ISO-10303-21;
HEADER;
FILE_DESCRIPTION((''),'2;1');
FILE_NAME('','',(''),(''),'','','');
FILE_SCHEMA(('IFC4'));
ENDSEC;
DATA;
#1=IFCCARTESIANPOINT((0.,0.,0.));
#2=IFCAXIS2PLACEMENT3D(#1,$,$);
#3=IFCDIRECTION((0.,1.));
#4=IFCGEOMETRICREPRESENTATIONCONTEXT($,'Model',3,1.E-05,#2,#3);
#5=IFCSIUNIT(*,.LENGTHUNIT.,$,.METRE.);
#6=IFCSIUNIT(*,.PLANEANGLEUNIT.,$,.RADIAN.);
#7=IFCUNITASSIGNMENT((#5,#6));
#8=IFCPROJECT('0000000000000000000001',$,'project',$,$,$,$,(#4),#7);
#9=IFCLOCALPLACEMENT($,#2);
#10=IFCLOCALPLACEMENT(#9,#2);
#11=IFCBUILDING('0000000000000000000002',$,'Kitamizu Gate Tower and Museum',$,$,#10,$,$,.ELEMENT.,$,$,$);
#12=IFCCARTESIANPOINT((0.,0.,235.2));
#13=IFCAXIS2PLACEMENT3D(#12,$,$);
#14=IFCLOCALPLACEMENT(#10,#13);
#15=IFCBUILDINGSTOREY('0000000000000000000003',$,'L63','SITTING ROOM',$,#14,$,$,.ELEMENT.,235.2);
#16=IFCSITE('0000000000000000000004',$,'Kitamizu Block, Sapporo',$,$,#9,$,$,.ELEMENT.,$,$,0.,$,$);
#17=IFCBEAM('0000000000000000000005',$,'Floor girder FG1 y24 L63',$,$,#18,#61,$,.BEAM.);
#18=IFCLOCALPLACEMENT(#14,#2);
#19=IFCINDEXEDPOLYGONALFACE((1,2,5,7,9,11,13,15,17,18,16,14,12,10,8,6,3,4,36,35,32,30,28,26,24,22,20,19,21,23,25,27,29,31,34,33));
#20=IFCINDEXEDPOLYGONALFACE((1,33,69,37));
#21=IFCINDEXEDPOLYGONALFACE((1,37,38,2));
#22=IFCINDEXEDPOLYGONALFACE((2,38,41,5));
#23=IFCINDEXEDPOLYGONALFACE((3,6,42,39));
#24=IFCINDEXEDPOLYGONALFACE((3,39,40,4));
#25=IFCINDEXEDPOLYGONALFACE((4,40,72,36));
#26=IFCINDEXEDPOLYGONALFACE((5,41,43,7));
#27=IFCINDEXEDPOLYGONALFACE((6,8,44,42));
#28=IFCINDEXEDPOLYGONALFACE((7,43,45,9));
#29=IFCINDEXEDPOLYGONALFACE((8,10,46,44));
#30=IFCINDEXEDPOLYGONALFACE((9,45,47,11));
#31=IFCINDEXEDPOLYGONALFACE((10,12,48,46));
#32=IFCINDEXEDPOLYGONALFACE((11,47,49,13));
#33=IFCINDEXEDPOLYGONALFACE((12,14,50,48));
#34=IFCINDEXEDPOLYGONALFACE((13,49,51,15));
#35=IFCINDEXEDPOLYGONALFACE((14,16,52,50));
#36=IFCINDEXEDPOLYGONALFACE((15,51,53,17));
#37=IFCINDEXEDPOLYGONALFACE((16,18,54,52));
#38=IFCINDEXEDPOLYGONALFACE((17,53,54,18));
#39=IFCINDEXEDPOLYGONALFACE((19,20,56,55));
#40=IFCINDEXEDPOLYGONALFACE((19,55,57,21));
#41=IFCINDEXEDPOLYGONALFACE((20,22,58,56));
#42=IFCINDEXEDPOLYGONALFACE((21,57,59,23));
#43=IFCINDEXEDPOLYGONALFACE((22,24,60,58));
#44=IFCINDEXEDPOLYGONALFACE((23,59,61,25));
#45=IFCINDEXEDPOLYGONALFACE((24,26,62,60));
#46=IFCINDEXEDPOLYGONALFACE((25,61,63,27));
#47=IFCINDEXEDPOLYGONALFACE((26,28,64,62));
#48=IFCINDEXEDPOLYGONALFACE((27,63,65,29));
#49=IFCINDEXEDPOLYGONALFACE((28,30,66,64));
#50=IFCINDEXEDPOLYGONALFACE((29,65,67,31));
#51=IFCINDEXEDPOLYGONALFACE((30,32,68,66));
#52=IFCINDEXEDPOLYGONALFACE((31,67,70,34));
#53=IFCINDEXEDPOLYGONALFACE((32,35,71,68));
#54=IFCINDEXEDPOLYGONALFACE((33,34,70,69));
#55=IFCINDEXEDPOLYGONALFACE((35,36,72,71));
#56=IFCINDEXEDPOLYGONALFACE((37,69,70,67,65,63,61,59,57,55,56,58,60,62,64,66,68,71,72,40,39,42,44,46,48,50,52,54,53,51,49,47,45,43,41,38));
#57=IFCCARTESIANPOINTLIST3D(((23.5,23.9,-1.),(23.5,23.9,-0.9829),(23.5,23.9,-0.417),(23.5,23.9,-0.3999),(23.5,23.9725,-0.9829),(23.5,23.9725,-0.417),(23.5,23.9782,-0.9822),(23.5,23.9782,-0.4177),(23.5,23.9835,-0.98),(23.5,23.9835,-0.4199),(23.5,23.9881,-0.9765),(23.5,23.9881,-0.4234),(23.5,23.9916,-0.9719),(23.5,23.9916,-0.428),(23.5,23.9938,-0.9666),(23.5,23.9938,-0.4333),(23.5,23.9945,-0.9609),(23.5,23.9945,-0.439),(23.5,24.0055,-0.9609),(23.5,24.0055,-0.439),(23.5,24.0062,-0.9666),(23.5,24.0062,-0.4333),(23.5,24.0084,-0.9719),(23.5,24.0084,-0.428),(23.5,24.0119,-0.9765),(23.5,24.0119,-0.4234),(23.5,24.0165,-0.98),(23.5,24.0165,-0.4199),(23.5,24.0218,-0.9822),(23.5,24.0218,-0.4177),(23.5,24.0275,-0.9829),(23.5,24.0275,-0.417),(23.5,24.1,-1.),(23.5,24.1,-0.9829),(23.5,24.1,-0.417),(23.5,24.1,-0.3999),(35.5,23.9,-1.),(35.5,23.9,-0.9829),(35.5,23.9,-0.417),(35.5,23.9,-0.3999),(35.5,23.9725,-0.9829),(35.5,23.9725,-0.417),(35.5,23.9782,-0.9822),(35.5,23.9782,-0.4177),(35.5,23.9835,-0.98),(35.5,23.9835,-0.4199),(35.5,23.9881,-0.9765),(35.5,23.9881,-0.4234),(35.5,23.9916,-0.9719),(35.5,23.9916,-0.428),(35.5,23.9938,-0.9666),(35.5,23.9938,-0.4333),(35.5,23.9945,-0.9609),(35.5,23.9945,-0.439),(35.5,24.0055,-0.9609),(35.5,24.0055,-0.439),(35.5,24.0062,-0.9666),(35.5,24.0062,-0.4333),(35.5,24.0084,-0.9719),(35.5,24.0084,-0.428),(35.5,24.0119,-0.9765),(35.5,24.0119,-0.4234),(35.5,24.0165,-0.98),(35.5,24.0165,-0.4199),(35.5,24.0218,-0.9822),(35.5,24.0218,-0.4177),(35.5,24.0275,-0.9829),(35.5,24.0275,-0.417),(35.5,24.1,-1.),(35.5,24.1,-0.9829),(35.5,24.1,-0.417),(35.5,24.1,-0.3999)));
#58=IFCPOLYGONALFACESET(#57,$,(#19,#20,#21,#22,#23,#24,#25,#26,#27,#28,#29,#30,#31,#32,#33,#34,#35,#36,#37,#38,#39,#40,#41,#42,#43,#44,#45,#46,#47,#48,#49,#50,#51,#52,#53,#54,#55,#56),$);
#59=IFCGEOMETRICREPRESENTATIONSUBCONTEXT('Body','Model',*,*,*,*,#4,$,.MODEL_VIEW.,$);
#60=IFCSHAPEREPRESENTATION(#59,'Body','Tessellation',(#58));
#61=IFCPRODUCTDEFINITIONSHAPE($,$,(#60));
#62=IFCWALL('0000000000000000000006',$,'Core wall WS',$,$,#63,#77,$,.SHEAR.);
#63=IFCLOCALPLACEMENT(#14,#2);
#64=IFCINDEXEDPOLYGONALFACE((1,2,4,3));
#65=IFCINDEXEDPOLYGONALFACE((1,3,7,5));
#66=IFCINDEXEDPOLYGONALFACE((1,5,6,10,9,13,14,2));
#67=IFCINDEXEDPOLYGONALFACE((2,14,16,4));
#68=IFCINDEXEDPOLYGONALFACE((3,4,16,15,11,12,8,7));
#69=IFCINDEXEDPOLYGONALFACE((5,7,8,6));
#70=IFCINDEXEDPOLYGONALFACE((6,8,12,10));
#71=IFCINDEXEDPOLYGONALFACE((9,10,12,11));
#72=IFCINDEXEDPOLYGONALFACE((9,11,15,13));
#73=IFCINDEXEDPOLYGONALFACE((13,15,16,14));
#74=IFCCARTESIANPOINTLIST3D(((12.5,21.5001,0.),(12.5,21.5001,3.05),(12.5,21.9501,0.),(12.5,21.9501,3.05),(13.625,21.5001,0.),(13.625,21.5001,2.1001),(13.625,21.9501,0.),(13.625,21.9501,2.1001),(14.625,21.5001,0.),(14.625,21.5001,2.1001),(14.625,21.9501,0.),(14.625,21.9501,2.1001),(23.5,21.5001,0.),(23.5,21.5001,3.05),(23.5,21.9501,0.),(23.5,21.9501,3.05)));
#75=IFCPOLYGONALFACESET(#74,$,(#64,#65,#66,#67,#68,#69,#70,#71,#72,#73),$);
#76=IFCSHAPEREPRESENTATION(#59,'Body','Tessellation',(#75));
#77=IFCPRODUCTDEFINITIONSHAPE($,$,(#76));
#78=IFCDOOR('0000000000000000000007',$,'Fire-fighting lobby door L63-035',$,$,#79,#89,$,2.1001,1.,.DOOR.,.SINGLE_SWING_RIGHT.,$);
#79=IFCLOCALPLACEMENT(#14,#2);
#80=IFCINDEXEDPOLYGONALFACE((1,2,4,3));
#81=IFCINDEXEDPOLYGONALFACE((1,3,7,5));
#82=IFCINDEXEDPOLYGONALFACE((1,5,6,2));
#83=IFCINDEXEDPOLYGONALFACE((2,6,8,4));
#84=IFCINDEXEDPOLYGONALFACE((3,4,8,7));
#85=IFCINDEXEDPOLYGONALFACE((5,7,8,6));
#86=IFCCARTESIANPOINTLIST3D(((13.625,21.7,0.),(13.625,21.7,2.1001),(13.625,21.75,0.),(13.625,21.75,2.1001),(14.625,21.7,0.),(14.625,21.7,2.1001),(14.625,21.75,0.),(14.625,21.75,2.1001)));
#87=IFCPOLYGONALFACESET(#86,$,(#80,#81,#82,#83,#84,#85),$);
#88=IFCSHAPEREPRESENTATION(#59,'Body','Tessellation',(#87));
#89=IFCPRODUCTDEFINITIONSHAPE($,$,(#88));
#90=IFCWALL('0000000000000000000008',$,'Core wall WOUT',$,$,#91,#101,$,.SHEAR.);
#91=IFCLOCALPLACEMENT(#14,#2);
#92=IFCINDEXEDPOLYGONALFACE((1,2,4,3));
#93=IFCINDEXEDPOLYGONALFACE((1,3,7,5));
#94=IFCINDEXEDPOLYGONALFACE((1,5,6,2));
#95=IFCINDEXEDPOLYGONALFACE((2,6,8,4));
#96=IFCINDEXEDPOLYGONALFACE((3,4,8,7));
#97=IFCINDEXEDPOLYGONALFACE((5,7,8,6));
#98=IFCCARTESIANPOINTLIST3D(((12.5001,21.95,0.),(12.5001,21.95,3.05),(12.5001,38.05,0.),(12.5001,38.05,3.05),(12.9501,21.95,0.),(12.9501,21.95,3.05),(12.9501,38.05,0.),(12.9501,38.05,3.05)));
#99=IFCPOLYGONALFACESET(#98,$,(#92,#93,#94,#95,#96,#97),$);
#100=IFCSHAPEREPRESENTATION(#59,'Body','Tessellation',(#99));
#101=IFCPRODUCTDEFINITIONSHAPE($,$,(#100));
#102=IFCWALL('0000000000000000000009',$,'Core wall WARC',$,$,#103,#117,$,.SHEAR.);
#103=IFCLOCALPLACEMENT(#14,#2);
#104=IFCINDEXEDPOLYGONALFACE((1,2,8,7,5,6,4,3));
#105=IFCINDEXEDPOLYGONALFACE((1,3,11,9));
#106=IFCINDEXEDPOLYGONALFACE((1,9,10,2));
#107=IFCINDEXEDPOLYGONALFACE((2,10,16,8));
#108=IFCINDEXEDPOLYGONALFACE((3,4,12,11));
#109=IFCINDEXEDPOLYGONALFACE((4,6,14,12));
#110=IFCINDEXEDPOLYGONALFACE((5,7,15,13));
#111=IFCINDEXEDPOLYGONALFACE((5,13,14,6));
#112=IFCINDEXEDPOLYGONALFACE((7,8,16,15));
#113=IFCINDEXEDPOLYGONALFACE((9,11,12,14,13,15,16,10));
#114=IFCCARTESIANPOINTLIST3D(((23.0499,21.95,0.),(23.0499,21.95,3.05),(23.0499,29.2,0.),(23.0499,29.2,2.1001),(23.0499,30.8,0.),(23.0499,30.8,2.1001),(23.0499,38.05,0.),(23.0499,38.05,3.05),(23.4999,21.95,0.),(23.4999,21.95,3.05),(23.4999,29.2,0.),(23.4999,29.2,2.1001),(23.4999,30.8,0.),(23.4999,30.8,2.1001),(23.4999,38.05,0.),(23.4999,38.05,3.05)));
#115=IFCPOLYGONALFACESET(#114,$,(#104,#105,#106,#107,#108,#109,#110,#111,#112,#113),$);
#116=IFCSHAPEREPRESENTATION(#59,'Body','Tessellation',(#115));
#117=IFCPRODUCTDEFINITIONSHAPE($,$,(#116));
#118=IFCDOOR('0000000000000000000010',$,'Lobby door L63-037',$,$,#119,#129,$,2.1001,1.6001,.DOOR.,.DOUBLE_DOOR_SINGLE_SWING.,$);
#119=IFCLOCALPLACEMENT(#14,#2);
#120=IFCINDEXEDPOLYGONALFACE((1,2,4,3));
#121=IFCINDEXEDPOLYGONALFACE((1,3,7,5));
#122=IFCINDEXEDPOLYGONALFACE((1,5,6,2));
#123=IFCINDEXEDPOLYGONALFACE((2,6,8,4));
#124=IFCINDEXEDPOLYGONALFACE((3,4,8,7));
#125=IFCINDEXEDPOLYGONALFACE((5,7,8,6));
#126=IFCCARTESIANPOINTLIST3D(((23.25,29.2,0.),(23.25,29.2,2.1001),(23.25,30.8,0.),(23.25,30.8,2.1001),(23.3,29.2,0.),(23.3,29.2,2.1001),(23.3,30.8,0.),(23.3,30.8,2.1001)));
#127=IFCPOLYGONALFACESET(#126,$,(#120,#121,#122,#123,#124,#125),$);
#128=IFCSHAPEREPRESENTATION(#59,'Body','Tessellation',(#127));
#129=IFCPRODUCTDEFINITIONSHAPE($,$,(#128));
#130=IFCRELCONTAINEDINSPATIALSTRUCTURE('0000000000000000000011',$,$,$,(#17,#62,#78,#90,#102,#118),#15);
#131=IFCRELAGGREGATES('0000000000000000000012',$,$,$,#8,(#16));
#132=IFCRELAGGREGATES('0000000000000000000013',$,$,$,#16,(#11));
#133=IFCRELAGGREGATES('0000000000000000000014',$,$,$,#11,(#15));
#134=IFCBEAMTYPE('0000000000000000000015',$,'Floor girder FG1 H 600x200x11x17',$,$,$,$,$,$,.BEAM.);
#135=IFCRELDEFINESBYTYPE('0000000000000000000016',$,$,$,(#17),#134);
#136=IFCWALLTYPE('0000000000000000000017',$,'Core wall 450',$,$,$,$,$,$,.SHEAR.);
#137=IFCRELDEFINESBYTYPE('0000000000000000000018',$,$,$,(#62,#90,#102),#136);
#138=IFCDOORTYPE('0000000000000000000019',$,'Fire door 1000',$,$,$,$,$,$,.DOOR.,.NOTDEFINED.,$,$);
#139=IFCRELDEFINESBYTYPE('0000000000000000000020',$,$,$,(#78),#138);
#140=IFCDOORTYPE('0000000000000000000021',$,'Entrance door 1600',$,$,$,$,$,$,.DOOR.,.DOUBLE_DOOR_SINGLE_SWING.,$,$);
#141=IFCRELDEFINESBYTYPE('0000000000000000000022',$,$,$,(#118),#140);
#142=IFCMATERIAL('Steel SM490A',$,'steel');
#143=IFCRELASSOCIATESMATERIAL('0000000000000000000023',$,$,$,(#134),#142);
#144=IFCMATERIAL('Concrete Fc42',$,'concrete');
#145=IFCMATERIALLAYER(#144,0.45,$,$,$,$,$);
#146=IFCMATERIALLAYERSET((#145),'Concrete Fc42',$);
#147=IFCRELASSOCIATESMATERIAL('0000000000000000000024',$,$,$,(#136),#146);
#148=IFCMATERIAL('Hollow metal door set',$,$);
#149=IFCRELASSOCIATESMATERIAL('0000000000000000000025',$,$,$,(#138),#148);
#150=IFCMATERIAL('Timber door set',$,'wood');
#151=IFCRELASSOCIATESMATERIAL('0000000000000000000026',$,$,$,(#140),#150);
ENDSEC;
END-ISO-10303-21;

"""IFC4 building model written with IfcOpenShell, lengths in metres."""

from ifc_helpers import new_model, si_unit, direction, frame, frame_2d, origin, origin_2d, place, context, subcontext, project, spatial, rectangle, i_section, extrude, material, layer, layer_set, material_profile, profile_set, type_object, element, fill, save


model = new_model("IFC4")

# Units and contexts
model_context = context("Model", 3, precision=1e-05, world=origin(), true_north=direction((0.0, 1.0)))
body_context = subcontext(model_context, "Body", "Model", "MODEL_VIEW")
ifc_project = project(units=[si_unit("LENGTHUNIT", "METRE"), si_unit("PLANEANGLEUNIT", "RADIAN")], contexts=[model_context])

# Site, building, storey
site_placement = place(None, origin())
site = spatial("IfcSite", under=ifc_project, at=site_placement, Name="Kitamizu Block, Sapporo", CompositionType="ELEMENT", RefElevation=0.0)
building_placement = place(site_placement, origin())
building = spatial("IfcBuilding", under=site, at=building_placement, Name="Kitamizu Gate Tower and Museum", CompositionType="ELEMENT")
storey_placement = place(building_placement, frame((0.0, 0.0, 235.2)))
storey = spatial("IfcBuildingStorey", under=building, at=storey_placement, Name="L63", Description="SITTING ROOM", CompositionType="ELEMENT", Elevation=235.2)

# Beam
ifc_material_1 = material(Name="Steel SM490A", Category="steel")
ifc_material_profile = material_profile(ifc_material_1, i_section(OverallWidth=0.2, OverallDepth=0.6001, WebThickness=0.011, FlangeThickness=0.0171, FilletRadius=0.022, at=origin_2d()), Name="H-600x200x11x17")
ifc_profile_set = profile_set([ifc_material_profile], Name="Steel SM490A")
beam_type = type_object("IfcBeamType", Name="Floor girder FG1 H 600x200x11x17", PredefinedType="BEAM", material=ifc_profile_set)
beam_placement = place(storey_placement, frame((23.5, 24.0, -0.7), z_axis=(1.0, 0.0, 0.0), x_axis=(0.0, 1.0, 0.0)))
element("IfcBeam", 1, at=beam_placement, inside=storey, type_object=beam_type, Name="Floor girder FG1 y24 L63", PredefinedType="BEAM", context=body_context, shape_type="SweptSolid", body=[
    extrude(i_section(OverallWidth=0.2, OverallDepth=0.6001, WebThickness=0.011, FlangeThickness=0.0171, FilletRadius=0.022, at=origin_2d()), origin(), (0.0, 0.0, 1.0), 12.0),
])

# Wall, opening, door
ifc_material_2 = material(Name="Concrete Fc42", Category="concrete")
ifc_layer_1 = layer(ifc_material_2, 0.45)
ifc_layer_set_1 = layer_set([ifc_layer_1], Name="Concrete Fc42")
wall_type_1 = type_object("IfcWallType", Name="Core wall 450", PredefinedType="SHEAR", material=ifc_layer_set_1)
wall_1_placement = place(storey_placement, frame((12.5, 21.7251, 0.0), z_axis=(0.0, 0.0, 1.0), x_axis=(1.0, 0.0, 0.0)))
wall_1 = element("IfcWall", 2, at=wall_1_placement, inside=storey, type_object=wall_type_1, Name="Core wall WS", PredefinedType="SHEAR", context=body_context, shape_type="SweptSolid", body=[
    extrude(rectangle(XDim=11.0, YDim=0.45, at=frame_2d((5.5, 0.0))), origin(), (0.0, 0.0, 1.0), 3.05),
])
opening_1_placement = place(wall_1_placement, frame((1.125, 0.0, 0.0)))
opening_1 = element("IfcOpeningElement", 3, at=opening_1_placement, cuts=wall_1, PredefinedType="OPENING", context=body_context, shape_type="SweptSolid", body=[
    extrude(rectangle(XDim=1.0, YDim=2.1001, at=frame_2d((0.5, 1.05))), frame((0.0, 0.2349, 0.0), z_axis=(0.0, -1.0, 0.0), x_axis=(1.0, 0.0, 0.0)), (0.0, 0.0, 1.0), 0.47),
])
ifc_material_3 = material(Name="Hollow metal door set")
door_type_1 = type_object("IfcDoorType", Name="Fire door 1000", OperationType="NOTDEFINED", PredefinedType="DOOR", material=ifc_material_3)
door_1_placement = place(opening_1_placement, origin())
door_1 = element("IfcDoor", 4, at=door_1_placement, inside=storey, type_object=door_type_1, Name="Fire-fighting lobby door L63-035", OperationType="SINGLE_SWING_RIGHT", OverallHeight=2.1001, OverallWidth=1.0, PredefinedType="DOOR", context=body_context, shape_type="SweptSolid", body=[
    extrude(rectangle(XDim=1.0, YDim=2.1001, at=frame_2d((0.5, 1.05))), frame((0.0, 0.0249, 0.0), z_axis=(0.0, -1.0, 0.0), x_axis=(1.0, 0.0, 0.0)), (0.0, 0.0, 1.0), 0.05),
])
fill(opening_1, door_1)

# Wall
wall_2_placement = place(storey_placement, frame((12.7251, 21.95, 0.0), z_axis=(0.0, 0.0, 1.0), x_axis=(0.0, 1.0, 0.0)))
element("IfcWall", 5, at=wall_2_placement, inside=storey, type_object=wall_type_1, Name="Core wall WOUT", PredefinedType="SHEAR", context=body_context, shape_type="SweptSolid", body=[
    extrude(rectangle(XDim=16.1001, YDim=0.45, at=frame_2d((8.05, 0.0))), origin(), (0.0, 0.0, 1.0), 3.05),
])

# Wall, opening, door
wall_3_placement = place(storey_placement, frame((23.2749, 21.95, 0.0), z_axis=(0.0, 0.0, 1.0), x_axis=(0.0, 1.0, 0.0)))
wall_3 = element("IfcWall", 6, at=wall_3_placement, inside=storey, type_object=wall_type_1, Name="Core wall WARC", PredefinedType="SHEAR", context=body_context, shape_type="SweptSolid", body=[
    extrude(rectangle(XDim=16.1001, YDim=0.45, at=frame_2d((8.05, 0.0))), origin(), (0.0, 0.0, 1.0), 3.05),
])
opening_2_placement = place(wall_3_placement, frame((7.25, 0.0, 0.0)))
opening_2 = element("IfcOpeningElement", 7, at=opening_2_placement, cuts=wall_3, PredefinedType="OPENING", context=body_context, shape_type="SweptSolid", body=[
    extrude(rectangle(XDim=1.6001, YDim=2.1001, at=frame_2d((0.8, 1.05))), frame((0.0, 0.2349, 0.0), z_axis=(0.0, -1.0, 0.0), x_axis=(1.0, 0.0, 0.0)), (0.0, 0.0, 1.0), 0.47),
])
ifc_material_4 = material(Name="Timber door set", Category="wood")
door_type_2 = type_object("IfcDoorType", Name="Entrance door 1600", OperationType="DOUBLE_DOOR_SINGLE_SWING", PredefinedType="DOOR", material=ifc_material_4)
door_2_placement = place(opening_2_placement, origin())
door_2 = element("IfcDoor", 8, at=door_2_placement, inside=storey, type_object=door_type_2, Name="Lobby door L63-037", OperationType="DOUBLE_DOOR_SINGLE_SWING", OverallHeight=2.1001, OverallWidth=1.6001, PredefinedType="DOOR", context=body_context, shape_type="SweptSolid", body=[
    extrude(rectangle(XDim=1.6001, YDim=2.1001, at=frame_2d((0.8, 1.05))), frame((0.0, 0.0249, 0.0), z_axis=(0.0, -1.0, 0.0), x_axis=(1.0, 0.0, 0.0)), (0.0, 0.0, 1.0), 0.05),
])
fill(opening_2, door_2)

save(model, "model.ifc")
